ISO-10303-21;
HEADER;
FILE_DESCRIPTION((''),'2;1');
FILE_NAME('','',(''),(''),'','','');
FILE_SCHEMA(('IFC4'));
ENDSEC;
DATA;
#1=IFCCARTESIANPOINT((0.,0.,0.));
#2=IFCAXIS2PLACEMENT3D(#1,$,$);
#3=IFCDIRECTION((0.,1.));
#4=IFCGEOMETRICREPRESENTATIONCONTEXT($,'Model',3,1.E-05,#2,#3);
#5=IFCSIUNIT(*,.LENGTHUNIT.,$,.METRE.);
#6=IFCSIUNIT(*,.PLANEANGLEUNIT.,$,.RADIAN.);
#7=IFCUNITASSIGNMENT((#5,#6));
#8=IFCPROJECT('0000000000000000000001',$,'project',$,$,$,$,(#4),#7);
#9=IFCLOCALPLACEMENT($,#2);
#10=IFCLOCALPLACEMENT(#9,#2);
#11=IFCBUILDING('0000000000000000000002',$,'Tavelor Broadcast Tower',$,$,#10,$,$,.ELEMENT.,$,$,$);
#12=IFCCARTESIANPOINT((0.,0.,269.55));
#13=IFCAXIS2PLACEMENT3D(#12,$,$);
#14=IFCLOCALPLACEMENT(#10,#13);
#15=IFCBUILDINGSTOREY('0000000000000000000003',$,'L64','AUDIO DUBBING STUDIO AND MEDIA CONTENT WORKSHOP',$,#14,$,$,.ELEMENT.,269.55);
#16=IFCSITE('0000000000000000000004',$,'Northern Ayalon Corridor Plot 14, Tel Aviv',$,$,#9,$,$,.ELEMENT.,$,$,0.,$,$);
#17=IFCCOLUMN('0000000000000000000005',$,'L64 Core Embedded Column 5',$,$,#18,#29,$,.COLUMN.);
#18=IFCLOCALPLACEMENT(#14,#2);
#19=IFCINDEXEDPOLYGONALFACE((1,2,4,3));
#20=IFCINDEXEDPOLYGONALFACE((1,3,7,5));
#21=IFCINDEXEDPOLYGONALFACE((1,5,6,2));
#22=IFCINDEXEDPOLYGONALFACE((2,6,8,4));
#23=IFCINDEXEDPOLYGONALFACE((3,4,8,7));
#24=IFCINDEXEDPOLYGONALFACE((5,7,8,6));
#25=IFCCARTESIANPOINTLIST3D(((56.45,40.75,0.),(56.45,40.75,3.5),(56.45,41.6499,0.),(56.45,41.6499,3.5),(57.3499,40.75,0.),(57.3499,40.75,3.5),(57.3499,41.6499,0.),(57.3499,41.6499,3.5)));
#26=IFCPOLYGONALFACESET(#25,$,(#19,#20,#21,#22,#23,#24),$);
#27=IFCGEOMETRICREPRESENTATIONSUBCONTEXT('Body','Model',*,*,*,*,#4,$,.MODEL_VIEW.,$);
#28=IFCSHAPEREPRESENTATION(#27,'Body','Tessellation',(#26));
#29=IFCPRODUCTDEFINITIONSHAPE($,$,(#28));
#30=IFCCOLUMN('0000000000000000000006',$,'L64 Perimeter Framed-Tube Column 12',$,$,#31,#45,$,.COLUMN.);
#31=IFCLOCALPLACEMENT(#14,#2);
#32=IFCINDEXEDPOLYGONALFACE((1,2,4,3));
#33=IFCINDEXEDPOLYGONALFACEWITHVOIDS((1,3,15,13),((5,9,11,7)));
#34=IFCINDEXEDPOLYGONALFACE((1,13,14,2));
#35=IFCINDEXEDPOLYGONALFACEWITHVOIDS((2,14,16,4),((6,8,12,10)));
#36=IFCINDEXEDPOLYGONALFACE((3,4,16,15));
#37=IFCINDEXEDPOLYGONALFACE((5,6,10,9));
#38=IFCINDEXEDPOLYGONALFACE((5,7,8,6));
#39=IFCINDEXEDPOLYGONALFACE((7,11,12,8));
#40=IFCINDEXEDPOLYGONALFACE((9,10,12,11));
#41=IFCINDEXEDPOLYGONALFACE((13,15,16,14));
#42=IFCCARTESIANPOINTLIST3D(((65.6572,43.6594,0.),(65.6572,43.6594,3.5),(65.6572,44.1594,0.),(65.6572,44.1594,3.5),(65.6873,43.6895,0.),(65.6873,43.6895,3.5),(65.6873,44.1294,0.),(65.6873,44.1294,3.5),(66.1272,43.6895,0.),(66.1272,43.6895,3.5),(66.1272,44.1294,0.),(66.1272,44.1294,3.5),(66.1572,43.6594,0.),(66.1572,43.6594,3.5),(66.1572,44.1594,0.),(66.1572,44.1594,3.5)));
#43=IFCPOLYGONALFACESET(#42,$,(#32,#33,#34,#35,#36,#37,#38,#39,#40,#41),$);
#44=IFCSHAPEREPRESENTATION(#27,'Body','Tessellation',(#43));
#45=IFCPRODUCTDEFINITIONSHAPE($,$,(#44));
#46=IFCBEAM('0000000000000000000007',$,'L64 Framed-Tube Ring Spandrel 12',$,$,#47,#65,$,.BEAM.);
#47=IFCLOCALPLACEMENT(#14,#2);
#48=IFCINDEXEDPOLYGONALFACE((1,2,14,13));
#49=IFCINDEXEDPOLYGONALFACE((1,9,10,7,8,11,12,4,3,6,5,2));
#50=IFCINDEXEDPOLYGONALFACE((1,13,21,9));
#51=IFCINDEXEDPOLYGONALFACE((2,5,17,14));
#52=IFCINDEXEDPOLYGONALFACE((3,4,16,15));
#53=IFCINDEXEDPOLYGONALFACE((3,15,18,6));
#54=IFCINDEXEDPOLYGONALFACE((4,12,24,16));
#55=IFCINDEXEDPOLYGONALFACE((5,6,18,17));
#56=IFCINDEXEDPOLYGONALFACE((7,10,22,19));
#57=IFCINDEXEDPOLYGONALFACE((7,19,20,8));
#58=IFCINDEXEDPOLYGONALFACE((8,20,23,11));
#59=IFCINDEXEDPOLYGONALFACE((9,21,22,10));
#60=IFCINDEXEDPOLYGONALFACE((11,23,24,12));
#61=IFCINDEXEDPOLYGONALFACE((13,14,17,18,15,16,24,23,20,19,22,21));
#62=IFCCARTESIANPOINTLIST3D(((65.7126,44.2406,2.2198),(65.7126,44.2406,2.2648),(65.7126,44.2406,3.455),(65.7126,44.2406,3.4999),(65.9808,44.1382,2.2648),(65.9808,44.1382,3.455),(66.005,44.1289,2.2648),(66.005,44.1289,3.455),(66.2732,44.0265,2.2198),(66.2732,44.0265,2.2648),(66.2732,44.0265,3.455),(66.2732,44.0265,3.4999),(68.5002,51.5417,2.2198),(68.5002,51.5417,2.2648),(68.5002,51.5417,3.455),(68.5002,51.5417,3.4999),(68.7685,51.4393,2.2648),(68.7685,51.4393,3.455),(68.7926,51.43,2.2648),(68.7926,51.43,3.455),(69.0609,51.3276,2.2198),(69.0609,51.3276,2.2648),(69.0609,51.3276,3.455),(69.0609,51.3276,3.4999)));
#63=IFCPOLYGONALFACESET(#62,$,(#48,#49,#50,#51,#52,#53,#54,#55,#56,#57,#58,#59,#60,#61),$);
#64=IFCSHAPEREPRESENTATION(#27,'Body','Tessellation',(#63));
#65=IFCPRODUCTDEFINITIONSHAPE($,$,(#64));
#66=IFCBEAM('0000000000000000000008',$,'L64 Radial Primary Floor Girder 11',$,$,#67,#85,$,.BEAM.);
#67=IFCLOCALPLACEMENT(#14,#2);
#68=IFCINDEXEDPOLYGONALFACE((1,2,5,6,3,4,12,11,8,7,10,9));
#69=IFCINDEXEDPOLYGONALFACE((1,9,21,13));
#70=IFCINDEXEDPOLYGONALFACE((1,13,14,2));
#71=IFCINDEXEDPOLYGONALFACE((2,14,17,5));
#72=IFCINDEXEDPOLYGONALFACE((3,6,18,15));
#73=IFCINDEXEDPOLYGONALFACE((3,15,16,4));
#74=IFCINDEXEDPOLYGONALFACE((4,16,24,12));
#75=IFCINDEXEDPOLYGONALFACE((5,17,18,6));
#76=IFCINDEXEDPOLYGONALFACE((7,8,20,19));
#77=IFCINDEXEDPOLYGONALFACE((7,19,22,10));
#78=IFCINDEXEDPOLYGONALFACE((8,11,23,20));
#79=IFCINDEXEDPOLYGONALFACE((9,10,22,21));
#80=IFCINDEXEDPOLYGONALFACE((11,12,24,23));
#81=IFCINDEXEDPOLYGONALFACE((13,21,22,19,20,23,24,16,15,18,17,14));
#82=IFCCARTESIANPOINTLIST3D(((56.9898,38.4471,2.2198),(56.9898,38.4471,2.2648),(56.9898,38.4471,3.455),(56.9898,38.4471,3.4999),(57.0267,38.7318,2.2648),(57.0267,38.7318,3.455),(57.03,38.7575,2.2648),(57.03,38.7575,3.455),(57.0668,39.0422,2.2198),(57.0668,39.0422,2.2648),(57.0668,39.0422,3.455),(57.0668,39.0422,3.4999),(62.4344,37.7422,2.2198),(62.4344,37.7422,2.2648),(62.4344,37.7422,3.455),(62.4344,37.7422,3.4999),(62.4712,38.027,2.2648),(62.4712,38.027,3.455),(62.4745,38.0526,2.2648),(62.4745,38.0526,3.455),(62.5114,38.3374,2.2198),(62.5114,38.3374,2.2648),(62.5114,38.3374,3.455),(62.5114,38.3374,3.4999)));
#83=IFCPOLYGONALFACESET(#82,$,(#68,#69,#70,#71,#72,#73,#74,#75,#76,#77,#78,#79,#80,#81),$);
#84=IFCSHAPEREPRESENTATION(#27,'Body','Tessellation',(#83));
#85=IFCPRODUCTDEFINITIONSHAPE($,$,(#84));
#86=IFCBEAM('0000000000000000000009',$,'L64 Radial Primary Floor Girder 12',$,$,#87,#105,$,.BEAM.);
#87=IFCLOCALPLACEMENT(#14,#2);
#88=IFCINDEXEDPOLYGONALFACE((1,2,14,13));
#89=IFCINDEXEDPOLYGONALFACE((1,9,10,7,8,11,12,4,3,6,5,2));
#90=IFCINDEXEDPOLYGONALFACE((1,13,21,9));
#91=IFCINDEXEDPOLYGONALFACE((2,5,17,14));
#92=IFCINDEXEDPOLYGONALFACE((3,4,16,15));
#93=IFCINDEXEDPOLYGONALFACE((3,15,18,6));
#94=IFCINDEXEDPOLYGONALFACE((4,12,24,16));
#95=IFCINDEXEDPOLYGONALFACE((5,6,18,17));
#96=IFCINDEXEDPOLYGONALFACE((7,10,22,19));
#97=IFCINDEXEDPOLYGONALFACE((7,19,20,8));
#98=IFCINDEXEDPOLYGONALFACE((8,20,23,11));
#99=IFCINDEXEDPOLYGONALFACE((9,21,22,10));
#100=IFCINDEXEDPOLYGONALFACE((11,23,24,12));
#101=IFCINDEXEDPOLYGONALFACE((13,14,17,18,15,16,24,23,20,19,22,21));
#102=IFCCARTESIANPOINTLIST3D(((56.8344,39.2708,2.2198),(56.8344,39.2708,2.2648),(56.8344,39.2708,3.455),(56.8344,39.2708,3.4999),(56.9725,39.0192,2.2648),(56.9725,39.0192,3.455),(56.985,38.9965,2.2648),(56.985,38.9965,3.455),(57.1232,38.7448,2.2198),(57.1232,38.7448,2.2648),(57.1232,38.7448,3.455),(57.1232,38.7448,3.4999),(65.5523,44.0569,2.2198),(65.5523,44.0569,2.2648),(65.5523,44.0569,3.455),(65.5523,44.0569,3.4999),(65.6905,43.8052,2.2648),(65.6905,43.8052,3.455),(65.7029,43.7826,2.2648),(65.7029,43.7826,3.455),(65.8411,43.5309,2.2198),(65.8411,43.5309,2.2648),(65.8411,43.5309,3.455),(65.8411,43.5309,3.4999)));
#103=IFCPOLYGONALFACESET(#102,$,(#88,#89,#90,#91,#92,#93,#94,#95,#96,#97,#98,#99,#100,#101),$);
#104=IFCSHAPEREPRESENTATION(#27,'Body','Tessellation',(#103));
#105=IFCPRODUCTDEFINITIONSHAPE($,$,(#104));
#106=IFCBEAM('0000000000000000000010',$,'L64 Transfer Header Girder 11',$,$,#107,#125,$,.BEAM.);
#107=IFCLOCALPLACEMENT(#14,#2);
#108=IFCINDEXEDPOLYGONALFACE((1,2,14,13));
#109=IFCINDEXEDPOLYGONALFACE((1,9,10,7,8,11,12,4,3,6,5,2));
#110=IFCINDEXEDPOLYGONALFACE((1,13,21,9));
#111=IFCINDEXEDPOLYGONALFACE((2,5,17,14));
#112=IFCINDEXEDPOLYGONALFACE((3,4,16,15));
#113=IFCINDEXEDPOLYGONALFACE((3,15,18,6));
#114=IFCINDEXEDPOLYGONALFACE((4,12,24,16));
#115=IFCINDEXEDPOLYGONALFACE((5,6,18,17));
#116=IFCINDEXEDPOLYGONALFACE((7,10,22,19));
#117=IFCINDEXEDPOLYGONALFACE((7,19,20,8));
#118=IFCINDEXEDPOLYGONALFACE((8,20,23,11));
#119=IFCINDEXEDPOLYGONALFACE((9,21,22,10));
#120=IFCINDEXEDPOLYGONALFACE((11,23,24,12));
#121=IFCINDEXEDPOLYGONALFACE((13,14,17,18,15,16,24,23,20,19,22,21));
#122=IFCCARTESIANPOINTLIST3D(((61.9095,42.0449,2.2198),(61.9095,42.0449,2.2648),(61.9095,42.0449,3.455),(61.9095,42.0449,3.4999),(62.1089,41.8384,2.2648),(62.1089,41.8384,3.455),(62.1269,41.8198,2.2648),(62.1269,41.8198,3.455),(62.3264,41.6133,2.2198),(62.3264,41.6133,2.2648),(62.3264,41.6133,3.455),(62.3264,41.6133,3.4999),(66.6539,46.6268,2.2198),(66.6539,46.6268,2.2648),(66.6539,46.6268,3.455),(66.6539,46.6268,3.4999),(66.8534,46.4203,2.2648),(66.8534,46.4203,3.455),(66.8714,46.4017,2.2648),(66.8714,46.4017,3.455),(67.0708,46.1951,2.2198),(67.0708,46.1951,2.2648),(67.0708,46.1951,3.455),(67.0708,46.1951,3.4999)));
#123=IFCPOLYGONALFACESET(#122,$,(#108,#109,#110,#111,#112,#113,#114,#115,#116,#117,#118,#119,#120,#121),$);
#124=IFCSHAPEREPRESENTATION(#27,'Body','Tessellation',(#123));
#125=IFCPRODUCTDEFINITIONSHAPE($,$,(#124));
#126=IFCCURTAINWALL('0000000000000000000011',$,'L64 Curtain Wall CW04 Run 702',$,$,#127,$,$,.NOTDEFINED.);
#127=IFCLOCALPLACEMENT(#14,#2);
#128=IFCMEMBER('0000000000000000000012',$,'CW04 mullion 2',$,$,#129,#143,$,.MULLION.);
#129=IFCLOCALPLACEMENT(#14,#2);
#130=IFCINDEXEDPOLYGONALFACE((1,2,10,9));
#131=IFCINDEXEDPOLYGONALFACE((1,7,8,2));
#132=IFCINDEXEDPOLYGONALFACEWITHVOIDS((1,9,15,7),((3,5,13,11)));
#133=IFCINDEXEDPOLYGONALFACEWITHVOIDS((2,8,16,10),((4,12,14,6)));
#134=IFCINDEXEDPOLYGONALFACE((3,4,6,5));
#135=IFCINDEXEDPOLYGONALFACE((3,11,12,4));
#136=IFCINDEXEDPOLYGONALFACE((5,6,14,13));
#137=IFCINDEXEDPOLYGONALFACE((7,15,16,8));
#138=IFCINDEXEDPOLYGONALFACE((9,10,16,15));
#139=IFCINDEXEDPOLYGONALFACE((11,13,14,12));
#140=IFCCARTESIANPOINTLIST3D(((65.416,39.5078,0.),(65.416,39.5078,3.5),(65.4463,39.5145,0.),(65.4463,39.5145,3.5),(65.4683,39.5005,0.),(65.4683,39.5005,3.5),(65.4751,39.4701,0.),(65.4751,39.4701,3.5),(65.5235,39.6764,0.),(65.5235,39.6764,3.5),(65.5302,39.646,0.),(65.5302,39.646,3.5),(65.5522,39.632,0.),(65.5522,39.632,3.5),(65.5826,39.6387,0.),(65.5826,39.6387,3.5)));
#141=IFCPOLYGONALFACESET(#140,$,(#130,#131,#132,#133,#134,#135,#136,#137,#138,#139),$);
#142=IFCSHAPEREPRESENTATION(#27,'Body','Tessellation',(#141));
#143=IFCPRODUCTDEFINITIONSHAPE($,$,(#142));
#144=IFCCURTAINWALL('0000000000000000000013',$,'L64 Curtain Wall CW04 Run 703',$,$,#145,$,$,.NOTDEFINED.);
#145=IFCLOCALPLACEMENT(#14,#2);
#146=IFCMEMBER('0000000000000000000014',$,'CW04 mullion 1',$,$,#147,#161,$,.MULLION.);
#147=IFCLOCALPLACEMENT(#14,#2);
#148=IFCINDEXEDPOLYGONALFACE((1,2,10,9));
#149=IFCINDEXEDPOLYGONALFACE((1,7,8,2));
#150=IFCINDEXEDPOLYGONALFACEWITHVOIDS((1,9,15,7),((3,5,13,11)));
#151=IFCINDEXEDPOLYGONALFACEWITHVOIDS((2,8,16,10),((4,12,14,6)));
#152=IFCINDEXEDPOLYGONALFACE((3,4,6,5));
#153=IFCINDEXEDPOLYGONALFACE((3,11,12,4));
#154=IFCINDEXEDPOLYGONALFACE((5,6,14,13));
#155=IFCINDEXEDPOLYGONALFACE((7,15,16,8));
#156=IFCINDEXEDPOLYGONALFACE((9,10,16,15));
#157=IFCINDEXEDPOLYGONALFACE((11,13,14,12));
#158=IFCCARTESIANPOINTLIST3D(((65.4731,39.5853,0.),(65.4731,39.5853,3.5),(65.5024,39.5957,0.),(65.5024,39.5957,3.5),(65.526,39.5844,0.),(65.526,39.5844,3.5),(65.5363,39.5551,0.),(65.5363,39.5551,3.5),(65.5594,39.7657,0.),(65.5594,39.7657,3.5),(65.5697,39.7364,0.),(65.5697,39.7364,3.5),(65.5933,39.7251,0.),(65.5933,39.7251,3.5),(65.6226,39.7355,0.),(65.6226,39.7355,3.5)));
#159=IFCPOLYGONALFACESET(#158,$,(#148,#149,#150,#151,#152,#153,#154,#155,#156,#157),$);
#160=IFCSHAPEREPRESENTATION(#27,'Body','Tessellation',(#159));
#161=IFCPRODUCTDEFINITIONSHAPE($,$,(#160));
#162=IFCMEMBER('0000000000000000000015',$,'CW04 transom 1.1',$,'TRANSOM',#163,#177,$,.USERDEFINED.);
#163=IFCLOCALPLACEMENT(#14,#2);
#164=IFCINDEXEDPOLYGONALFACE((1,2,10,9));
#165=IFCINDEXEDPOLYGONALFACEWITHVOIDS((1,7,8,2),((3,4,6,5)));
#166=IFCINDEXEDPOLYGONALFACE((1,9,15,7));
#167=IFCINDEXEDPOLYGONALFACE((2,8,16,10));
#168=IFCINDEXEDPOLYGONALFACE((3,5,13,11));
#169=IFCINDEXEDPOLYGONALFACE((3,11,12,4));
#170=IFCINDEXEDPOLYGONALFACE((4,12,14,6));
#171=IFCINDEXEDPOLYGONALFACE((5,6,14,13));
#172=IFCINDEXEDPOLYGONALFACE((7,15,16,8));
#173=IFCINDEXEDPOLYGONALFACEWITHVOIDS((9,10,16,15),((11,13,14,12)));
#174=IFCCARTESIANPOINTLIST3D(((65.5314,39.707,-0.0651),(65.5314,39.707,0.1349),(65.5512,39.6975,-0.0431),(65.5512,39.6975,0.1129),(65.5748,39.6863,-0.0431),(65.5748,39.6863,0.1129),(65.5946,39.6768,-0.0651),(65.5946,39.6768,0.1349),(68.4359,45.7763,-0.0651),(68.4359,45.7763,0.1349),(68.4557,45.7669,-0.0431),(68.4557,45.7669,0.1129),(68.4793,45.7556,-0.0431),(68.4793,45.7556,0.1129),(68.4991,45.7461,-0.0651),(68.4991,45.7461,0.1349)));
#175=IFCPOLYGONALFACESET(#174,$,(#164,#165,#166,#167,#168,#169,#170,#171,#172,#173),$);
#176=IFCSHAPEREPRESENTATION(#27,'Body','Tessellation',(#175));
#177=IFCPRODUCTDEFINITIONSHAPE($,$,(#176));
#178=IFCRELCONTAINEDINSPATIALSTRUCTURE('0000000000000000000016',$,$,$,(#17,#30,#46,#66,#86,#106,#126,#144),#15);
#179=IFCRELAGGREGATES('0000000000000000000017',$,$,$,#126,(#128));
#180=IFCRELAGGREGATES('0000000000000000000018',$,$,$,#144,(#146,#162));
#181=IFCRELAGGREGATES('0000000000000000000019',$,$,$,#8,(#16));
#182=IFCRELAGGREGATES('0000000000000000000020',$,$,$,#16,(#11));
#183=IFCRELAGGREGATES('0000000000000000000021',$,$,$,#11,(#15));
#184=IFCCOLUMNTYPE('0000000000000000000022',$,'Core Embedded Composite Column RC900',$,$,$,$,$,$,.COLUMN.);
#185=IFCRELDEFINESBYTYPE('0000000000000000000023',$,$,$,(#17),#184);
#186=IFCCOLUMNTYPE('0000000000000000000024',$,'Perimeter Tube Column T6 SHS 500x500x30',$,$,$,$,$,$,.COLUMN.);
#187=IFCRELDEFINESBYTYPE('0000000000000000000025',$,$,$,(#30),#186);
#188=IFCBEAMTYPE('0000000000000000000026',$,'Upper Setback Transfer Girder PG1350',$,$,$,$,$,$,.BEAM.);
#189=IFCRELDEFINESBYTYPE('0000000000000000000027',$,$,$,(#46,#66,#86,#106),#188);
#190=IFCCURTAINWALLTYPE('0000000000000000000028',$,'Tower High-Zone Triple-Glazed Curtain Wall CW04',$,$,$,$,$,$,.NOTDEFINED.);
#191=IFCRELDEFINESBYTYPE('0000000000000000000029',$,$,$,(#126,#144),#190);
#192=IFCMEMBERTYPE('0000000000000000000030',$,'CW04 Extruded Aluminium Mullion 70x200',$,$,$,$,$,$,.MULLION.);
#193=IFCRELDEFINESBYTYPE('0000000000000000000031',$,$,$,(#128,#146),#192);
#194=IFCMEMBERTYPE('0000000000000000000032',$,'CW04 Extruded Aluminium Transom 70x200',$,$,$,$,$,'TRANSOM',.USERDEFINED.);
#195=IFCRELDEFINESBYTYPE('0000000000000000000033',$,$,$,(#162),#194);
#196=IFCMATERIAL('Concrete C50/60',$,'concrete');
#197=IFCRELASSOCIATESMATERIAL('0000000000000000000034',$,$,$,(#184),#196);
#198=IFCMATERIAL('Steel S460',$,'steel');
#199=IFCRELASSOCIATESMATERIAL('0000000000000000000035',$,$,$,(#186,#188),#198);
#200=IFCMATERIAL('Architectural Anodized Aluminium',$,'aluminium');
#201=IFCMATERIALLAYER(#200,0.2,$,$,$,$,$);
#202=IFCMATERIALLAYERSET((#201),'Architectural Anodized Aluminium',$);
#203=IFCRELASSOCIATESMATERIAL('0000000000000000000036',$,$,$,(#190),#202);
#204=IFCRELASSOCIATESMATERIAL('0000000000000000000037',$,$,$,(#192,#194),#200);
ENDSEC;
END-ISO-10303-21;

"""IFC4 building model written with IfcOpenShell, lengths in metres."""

from ifc_helpers import new_model, si_unit, direction, frame, origin, origin_2d, place, context, subcontext, project, spatial, rectangle, hollow_rectangle, i_section, extrude, source, transform, mapped, material, layer, layer_set, material_profile, profile_set, type_object, type_shapes, element, aggregate, save


model = new_model("IFC4")

# Units and contexts
model_context = context("Model", 3, precision=1e-05, world=origin(), true_north=direction((0.0, 1.0)))
body_context = subcontext(model_context, "Body", "Model", "MODEL_VIEW")
ifc_project = project(units=[si_unit("LENGTHUNIT", "METRE"), si_unit("PLANEANGLEUNIT", "RADIAN")], contexts=[model_context])

# Site, building, storey
site_placement = place(None, origin())
site = spatial("IfcSite", under=ifc_project, at=site_placement, Name="Northern Ayalon Corridor Plot 14, Tel Aviv", CompositionType="ELEMENT", RefElevation=0.0)
building_placement = place(site_placement, origin())
building = spatial("IfcBuilding", under=site, at=building_placement, Name="Tavelor Broadcast Tower", CompositionType="ELEMENT")
storey_placement = place(building_placement, frame((0.0, 0.0, 269.55)))
storey = spatial("IfcBuildingStorey", under=building, at=storey_placement, Name="L64", Description="AUDIO DUBBING STUDIO AND MEDIA CONTENT WORKSHOP", CompositionType="ELEMENT", Elevation=269.55)

# Columns
ifc_material_1 = material(Name="Concrete C50/60", Category="concrete")
ifc_material_profile_1 = material_profile(ifc_material_1, rectangle(XDim=0.8999, YDim=0.8999, at=origin_2d()), Name="RC 900x900")
ifc_profile_set_1 = profile_set([ifc_material_profile_1], Name="Concrete C50/60")
column_type_1 = type_object("IfcColumnType", Name="Core Embedded Composite Column RC900", PredefinedType="COLUMN", material=ifc_profile_set_1)
column_1_placement = place(storey_placement, frame((56.8999, 41.2, 0.0), z_axis=(0.0, 0.0, 1.0), x_axis=(1.0, 0.0, 0.0)))
element("IfcColumn", 1, at=column_1_placement, inside=storey, type_object=column_type_1, Name="L64 Core Embedded Column 5", PredefinedType="COLUMN", context=body_context, shape_type="SweptSolid", body=[
    extrude(rectangle(XDim=0.8999, YDim=0.8999, at=origin_2d()), origin(), (0.0, 0.0, 1.0), 3.5),
])
ifc_material_2 = material(Name="Steel S460", Category="steel")
ifc_material_profile_2 = material_profile(ifc_material_2, hollow_rectangle(XDim=0.5, YDim=0.5, WallThickness=0.03, at=origin_2d()), Name="SHS 500x500x30")
ifc_profile_set_2 = profile_set([ifc_material_profile_2], Name="Steel S460")
column_type_2 = type_object("IfcColumnType", Name="Perimeter Tube Column T6 SHS 500x500x30", PredefinedType="COLUMN", material=ifc_profile_set_2)
column_2_placement = place(storey_placement, frame((65.9072, 43.9094, 0.0), z_axis=(0.0, 0.0, 1.0), x_axis=(1.0, 0.0, 0.0)))
element("IfcColumn", 2, at=column_2_placement, inside=storey, type_object=column_type_2, Name="L64 Perimeter Framed-Tube Column 12", PredefinedType="COLUMN", context=body_context, shape_type="SweptSolid", body=[
    extrude(hollow_rectangle(XDim=0.5, YDim=0.5, WallThickness=0.03, at=origin_2d()), origin(), (0.0, 0.0, 1.0), 3.5),
])

# Beams
ifc_material_profile_3 = material_profile(ifc_material_2, i_section(OverallWidth=0.6001, OverallDepth=1.28, WebThickness=0.0259, FlangeThickness=0.0449, at=origin_2d()), Name="PG 1280x600")
ifc_profile_set_3 = profile_set([ifc_material_profile_3], Name="Steel S460")
beam_type = type_object("IfcBeamType", Name="Upper Setback Transfer Girder PG1350", PredefinedType="BEAM", material=ifc_profile_set_3)
beam_1_placement = place(storey_placement, frame((65.9929, 44.1335, 2.8599), z_axis=(0.356694, 0.934221, 0.0), x_axis=(-0.934221, 0.356694, 0.0)))
element("IfcBeam", 3, at=beam_1_placement, inside=storey, type_object=beam_type, Name="L64 Framed-Tube Ring Spandrel 12", PredefinedType="BEAM", context=body_context, shape_type="SweptSolid", body=[
    extrude(i_section(OverallWidth=0.6001, OverallDepth=1.28, WebThickness=0.0259, FlangeThickness=0.0449, at=origin_2d()), origin(), (0.0, 0.0, 1.0), 7.8152),
])
beam_2_placement = place(storey_placement, frame((57.0283, 38.7446, 2.8599), z_axis=(0.991724, -0.128385, 0.0), x_axis=(0.128385, 0.991724, 0.0)))
element("IfcBeam", 4, at=beam_2_placement, inside=storey, type_object=beam_type, Name="L64 Radial Primary Floor Girder 11", PredefinedType="BEAM", context=body_context, shape_type="SweptSolid", body=[
    extrude(i_section(OverallWidth=0.6001, OverallDepth=1.28, WebThickness=0.0259, FlangeThickness=0.0449, at=origin_2d()), origin(), (0.0, 0.0, 1.0), 5.49),
])
beam_3_placement = place(storey_placement, frame((56.9788, 39.0078, 2.8599), z_axis=(0.876588, 0.481241, 0.0), x_axis=(-0.481241, 0.876588, 0.0)))
element("IfcBeam", 5, at=beam_3_placement, inside=storey, type_object=beam_type, Name="L64 Radial Primary Floor Girder 12", PredefinedType="BEAM", context=body_context, shape_type="SweptSolid", body=[
    extrude(i_section(OverallWidth=0.6001, OverallDepth=1.28, WebThickness=0.0259, FlangeThickness=0.0449, at=origin_2d()), origin(), (0.0, 0.0, 1.0), 9.9453),
])
beam_4_placement = place(storey_placement, frame((62.1179, 41.8291, 2.8599), z_axis=(0.719326, 0.694673, 0.0), x_axis=(-0.694673, 0.719326, 0.0)))
element("IfcBeam", 6, at=beam_4_placement, inside=storey, type_object=beam_type, Name="L64 Transfer Header Girder 11", PredefinedType="BEAM", context=body_context, shape_type="SweptSolid", body=[
    extrude(i_section(OverallWidth=0.6001, OverallDepth=1.28, WebThickness=0.0259, FlangeThickness=0.0449, at=origin_2d()), origin(), (0.0, 0.0, 1.0), 6.5957),
])

# Curtain wall, member
ifc_material_3 = material(Name="Architectural Anodized Aluminium", Category="aluminium")
ifc_layer_1 = layer(ifc_material_3, 0.2)
ifc_layer_set_1 = layer_set([ifc_layer_1], Name="Architectural Anodized Aluminium")
curtain_wall_type = type_object("IfcCurtainWallType", Name="Tower High-Zone Triple-Glazed Curtain Wall CW04", PredefinedType="NOTDEFINED", material=ifc_layer_set_1)
curtain_wall_1_placement = place(storey_placement, origin())
curtain_wall_1 = element("IfcCurtainWall", 7, at=curtain_wall_1_placement, inside=storey, type_object=curtain_wall_type, Name="L64 Curtain Wall CW04 Run 702", PredefinedType="NOTDEFINED")
ifc_material_profile_4 = material_profile(ifc_material_3, hollow_rectangle(XDim=0.0701, YDim=0.2, WallThickness=0.022, at=origin_2d()), Name="RHS 70x200x22")
ifc_profile_set_4 = profile_set([ifc_material_profile_4], Name="Architectural Anodized Aluminium")
member_type_1 = type_object("IfcMemberType", Name="CW04 Extruded Aluminium Mullion 70x200", PredefinedType="MULLION", material=ifc_profile_set_4)
shared_shape_1 = source(origin(), body_context, "Body", "SweptSolid", [
    extrude(hollow_rectangle(XDim=0.0701, YDim=0.2, WallThickness=0.022, at=origin_2d()), origin(), (0.0, 0.0, 1.0), 3.5),
])
type_shapes(member_type_1, [shared_shape_1])
member_1_placement = place(storey_placement, frame((65.4993, 39.5732, 0.0), z_axis=(0.0, 0.0, 1.0), x_axis=(-0.843161, 0.537662, 0.0)))
member_1 = element("IfcMember", 8, at=member_1_placement, type_object=member_type_1, Name="CW04 mullion 2", PredefinedType="MULLION", context=body_context, shape_type="MappedRepresentation", body=[
    mapped(shared_shape_1, transform((0.0, 0.0, 0.0), scale=1.0)),
])
aggregate(curtain_wall_1, [member_1])

# Curtain wall, members
curtain_wall_2_placement = place(storey_placement, origin())
curtain_wall_2 = element("IfcCurtainWall", 9, at=curtain_wall_2_placement, inside=storey, type_object=curtain_wall_type, Name="L64 Curtain Wall CW04 Run 703", PredefinedType="NOTDEFINED")
member_2_placement = place(storey_placement, frame((65.5479, 39.6604, 0.0), z_axis=(0.0, 0.0, 1.0), x_axis=(-0.902027, 0.431679, 0.0)))
member_2 = element("IfcMember", 10, at=member_2_placement, type_object=member_type_1, Name="CW04 mullion 1", PredefinedType="MULLION", context=body_context, shape_type="MappedRepresentation", body=[
    mapped(shared_shape_1, transform((0.0, 0.0, 0.0), scale=1.0)),
])
ifc_material_profile_5 = material_profile(ifc_material_3, hollow_rectangle(XDim=0.0701, YDim=0.2, WallThickness=0.022, at=origin_2d()), Name="RHS 70x200x22")
ifc_profile_set_5 = profile_set([ifc_material_profile_5], Name="Architectural Anodized Aluminium")
member_type_2 = type_object("IfcMemberType", Name="CW04 Extruded Aluminium Transom 70x200", ElementType="TRANSOM", PredefinedType="USERDEFINED", material=ifc_profile_set_5)
shared_shape_2 = source(origin(), body_context, "Body", "SweptSolid", [
    extrude(hollow_rectangle(XDim=0.0701, YDim=0.2, WallThickness=0.022, at=origin_2d()), origin(), (0.0, 0.0, 1.0), 6.7285),
])
type_shapes(member_type_2, [shared_shape_2])
member_3_placement = place(storey_placement, frame((65.563, 39.6919, 0.0349), z_axis=(0.431675, 0.902029, 0.0), x_axis=(-0.902029, 0.431675, 0.0)))
member_3 = element("IfcMember", 11, at=member_3_placement, type_object=member_type_2, Name="CW04 transom 1.1", ObjectType="TRANSOM", PredefinedType="USERDEFINED", context=body_context, shape_type="MappedRepresentation", body=[
    mapped(shared_shape_2, transform((0.0, 0.0, 0.0), scale=1.0)),
])

aggregate(curtain_wall_2, [member_2, member_3])

save(model, "model.ifc")
